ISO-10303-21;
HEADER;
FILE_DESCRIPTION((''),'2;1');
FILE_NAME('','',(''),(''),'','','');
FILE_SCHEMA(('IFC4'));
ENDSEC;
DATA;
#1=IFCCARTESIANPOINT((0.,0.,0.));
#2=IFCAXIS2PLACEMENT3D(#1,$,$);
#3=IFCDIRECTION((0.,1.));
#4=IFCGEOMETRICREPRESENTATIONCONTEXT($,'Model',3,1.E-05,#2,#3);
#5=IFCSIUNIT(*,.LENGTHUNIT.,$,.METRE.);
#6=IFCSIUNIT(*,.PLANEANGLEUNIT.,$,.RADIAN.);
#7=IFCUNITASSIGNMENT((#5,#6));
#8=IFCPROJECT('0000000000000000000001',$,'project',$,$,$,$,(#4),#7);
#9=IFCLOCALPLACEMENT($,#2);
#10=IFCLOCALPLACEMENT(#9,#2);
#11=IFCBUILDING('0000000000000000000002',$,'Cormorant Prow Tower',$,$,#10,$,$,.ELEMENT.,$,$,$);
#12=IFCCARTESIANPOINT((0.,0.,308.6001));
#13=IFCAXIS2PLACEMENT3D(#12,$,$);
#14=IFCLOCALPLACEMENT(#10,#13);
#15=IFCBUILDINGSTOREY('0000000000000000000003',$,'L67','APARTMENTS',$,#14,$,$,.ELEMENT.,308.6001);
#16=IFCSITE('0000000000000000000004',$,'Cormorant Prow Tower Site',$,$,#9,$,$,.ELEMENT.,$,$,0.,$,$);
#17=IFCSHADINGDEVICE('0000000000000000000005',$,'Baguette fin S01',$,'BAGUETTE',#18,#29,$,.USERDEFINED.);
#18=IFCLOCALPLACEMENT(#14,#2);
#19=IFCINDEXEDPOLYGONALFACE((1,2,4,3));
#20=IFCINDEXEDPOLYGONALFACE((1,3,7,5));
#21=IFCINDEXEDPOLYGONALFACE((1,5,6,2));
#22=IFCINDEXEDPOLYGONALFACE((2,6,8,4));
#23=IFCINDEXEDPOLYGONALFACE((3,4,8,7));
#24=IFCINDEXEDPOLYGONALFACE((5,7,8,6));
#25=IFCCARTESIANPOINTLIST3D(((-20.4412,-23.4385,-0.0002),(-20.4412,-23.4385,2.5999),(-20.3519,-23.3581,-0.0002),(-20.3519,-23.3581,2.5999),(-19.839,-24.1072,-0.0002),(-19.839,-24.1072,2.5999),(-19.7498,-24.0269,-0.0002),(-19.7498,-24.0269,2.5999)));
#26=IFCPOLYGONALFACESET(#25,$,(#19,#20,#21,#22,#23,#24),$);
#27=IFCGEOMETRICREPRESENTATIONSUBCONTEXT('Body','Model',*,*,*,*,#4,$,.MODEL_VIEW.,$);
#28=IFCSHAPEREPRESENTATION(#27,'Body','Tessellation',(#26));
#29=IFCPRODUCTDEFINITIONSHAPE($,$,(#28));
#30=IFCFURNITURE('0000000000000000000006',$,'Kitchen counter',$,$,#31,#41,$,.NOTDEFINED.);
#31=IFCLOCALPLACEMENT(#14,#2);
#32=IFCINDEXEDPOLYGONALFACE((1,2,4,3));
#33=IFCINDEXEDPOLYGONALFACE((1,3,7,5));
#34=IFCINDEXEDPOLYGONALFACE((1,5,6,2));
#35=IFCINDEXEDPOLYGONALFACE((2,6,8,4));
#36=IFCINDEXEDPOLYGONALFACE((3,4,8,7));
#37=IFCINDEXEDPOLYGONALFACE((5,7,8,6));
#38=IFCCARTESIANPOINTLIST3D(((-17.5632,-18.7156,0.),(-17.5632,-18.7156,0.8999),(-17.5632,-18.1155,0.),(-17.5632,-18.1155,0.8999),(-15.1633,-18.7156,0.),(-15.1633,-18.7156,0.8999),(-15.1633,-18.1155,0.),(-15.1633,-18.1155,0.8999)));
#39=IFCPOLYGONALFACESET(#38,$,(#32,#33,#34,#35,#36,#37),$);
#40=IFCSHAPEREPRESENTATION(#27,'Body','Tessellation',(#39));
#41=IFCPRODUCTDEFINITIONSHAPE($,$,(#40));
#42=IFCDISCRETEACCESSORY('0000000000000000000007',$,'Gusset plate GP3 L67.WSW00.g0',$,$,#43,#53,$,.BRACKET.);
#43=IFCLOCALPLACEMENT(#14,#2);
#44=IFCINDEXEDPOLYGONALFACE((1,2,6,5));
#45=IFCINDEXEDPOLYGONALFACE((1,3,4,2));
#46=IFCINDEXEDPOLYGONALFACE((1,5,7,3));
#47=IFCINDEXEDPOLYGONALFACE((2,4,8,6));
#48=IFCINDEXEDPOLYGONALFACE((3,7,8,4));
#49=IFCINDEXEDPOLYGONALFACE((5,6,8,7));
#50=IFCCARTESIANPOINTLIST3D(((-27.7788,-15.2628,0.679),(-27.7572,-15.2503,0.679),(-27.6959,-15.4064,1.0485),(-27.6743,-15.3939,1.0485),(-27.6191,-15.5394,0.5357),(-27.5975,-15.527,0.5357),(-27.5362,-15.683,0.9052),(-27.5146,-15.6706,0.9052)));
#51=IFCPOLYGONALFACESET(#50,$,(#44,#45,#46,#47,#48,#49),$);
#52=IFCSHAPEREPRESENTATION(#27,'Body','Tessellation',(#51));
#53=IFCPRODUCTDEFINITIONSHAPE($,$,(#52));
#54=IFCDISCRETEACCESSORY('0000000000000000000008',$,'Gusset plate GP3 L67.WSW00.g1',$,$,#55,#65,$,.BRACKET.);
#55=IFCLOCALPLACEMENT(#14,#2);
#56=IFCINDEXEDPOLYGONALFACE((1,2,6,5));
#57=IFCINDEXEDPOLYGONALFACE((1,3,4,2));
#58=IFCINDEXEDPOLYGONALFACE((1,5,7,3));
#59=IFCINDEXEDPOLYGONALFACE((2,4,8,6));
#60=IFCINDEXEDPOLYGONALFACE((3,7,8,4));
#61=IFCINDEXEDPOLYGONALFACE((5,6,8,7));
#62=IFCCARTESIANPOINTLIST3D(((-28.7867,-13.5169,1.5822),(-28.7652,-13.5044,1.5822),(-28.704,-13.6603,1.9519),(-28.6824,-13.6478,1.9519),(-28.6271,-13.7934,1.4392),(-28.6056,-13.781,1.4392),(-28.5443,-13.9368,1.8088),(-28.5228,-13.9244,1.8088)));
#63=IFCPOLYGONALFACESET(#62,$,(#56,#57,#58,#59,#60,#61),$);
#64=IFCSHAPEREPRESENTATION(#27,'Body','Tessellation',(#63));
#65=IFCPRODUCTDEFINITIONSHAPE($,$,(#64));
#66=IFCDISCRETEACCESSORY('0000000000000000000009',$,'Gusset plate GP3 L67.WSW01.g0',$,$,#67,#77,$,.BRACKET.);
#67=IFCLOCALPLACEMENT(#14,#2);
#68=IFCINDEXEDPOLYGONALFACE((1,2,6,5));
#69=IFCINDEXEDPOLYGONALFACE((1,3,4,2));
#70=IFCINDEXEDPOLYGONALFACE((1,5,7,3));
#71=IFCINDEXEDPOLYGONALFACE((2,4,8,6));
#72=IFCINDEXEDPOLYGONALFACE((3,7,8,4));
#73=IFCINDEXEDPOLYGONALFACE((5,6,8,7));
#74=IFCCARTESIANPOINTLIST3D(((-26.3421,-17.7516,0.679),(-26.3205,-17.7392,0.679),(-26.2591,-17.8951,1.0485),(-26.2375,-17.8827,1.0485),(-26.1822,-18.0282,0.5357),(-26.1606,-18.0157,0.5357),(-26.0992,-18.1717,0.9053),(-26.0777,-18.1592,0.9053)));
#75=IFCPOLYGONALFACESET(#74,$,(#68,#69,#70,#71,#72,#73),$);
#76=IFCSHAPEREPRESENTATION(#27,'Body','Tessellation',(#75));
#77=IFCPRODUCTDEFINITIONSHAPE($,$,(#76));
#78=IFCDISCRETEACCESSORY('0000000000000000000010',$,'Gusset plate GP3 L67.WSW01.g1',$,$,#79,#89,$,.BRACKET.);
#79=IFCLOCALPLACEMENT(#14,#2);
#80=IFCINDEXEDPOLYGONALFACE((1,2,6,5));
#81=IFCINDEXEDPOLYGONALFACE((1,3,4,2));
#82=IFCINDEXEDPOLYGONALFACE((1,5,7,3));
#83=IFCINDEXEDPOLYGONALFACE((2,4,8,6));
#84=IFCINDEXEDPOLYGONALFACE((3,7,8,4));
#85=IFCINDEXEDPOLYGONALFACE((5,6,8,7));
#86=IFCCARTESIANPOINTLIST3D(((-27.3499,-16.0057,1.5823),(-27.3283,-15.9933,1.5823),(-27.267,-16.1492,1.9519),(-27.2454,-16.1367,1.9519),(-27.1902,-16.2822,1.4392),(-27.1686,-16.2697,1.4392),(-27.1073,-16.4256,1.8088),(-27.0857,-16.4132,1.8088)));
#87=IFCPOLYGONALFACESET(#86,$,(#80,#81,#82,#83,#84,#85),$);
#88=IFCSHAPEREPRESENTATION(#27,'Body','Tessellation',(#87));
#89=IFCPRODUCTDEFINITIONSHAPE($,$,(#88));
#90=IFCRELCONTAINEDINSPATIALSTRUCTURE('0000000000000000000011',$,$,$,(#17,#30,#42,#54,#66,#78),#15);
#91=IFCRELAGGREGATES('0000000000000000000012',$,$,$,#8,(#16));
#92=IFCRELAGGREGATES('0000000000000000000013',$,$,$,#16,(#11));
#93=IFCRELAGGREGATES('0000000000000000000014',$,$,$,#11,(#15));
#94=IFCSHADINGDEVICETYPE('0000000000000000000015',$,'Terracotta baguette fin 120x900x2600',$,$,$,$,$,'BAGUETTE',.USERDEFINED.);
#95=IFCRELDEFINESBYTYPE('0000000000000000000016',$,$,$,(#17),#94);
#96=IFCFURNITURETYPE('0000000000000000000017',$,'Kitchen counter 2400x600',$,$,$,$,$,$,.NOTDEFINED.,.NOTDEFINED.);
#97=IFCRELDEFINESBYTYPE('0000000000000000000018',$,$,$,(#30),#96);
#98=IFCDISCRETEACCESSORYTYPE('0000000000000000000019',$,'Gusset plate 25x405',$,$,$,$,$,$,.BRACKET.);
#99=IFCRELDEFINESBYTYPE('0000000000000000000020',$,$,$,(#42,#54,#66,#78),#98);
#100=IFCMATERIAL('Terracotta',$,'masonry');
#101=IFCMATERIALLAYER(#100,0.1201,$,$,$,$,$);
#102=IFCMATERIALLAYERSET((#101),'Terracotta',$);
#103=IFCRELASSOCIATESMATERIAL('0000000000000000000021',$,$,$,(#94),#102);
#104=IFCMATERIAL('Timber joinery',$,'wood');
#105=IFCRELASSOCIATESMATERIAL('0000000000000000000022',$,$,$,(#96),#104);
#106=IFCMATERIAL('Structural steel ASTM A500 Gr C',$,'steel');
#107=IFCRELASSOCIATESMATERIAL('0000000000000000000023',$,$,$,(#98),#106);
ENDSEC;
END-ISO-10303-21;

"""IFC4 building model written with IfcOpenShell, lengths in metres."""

from ifc_helpers import new_model, si_unit, direction, frame, origin, origin_2d, place, context, subcontext, project, spatial, rectangle, extrude, material, layer, layer_set, material_profile, profile_set, type_object, element, save


model = new_model("IFC4")

# Units and contexts
model_context = context("Model", 3, precision=1e-05, world=origin(), true_north=direction((0.0, 1.0)))
body_context = subcontext(model_context, "Body", "Model", "MODEL_VIEW")
ifc_project = project(units=[si_unit("LENGTHUNIT", "METRE"), si_unit("PLANEANGLEUNIT", "RADIAN")], contexts=[model_context])

# Site, building, storey
site_placement = place(None, origin())
site = spatial("IfcSite", under=ifc_project, at=site_placement, Name="Cormorant Prow Tower Site", CompositionType="ELEMENT", RefElevation=0.0)
building_placement = place(site_placement, origin())
building = spatial("IfcBuilding", under=site, at=building_placement, Name="Cormorant Prow Tower", CompositionType="ELEMENT")
storey_placement = place(building_placement, frame((0.0, 0.0, 308.6001)))
storey = spatial("IfcBuildingStorey", under=building, at=storey_placement, Name="L67", Description="APARTMENTS", CompositionType="ELEMENT", Elevation=308.6001)

# Shading device
ifc_material_1 = material(Name="Terracotta", Category="masonry")
ifc_layer_1 = layer(ifc_material_1, 0.1201)
ifc_layer_set_1 = layer_set([ifc_layer_1], Name="Terracotta")
shading_device_type = type_object("IfcShadingDeviceType", Name="Terracotta baguette fin 120x900x2600", ElementType="BAGUETTE", PredefinedType="USERDEFINED", material=ifc_layer_set_1)
shading_device_placement = place(storey_placement, frame((-20.0955, -23.7327, -0.0002), z_axis=(0.0, 0.0, 1.0), x_axis=(0.743145, 0.669131, 0.0)))
element("IfcShadingDevice", 1, at=shading_device_placement, inside=storey, type_object=shading_device_type, Name="Baguette fin S01", ObjectType="BAGUETTE", PredefinedType="USERDEFINED", context=body_context, shape_type="SweptSolid", body=[
    extrude(rectangle(XDim=0.1201, YDim=0.8999, at=origin_2d()), origin(), (0.0, 0.0, 1.0), 2.6001),
])

# Furniture
ifc_material_2 = material(Name="Timber joinery", Category="wood")
furniture_type = type_object("IfcFurnitureType", Name="Kitchen counter 2400x600", AssemblyPlace="NOTDEFINED", PredefinedType="NOTDEFINED", material=ifc_material_2)
furniture_placement = place(storey_placement, frame((-16.3633, -18.4155, 0.0), z_axis=(0.0, 0.0, 1.0), x_axis=(1.0, 0.0, 0.0)))
element("IfcFurniture", 2, at=furniture_placement, inside=storey, type_object=furniture_type, Name="Kitchen counter", PredefinedType="NOTDEFINED", context=body_context, shape_type="SweptSolid", body=[
    extrude(rectangle(XDim=2.3999, YDim=0.6001, at=origin_2d()), origin(), (0.0, 0.0, 1.0), 0.8999),
])

# Discrete accessories
ifc_material_3 = material(Name="Structural steel ASTM A500 Gr C", Category="steel")
ifc_material_profile_1 = material_profile(ifc_material_3, rectangle(XDim=0.0249, YDim=0.405, at=origin_2d()), Name="Gusset plate 25x405")
ifc_profile_set_1 = profile_set([ifc_material_profile_1], Name="Structural steel ASTM A500 Gr C")
discrete_accessory_type = type_object("IfcDiscreteAccessoryType", Name="Gusset plate 25x405", PredefinedType="BRACKET", material=ifc_profile_set_1)
discrete_accessory_1_placement = place(storey_placement, frame((-27.7266, -15.3284, 0.8638), z_axis=(0.456109, -0.790171, -0.409383), x_axis=(0.866071, 0.499921, 0.0)))
element("IfcDiscreteAccessory", 3, at=discrete_accessory_1_placement, inside=storey, type_object=discrete_accessory_type, Name="Gusset plate GP3 L67.WSW00.g0", PredefinedType="BRACKET", context=body_context, shape_type="SweptSolid", body=[
    extrude(rectangle(XDim=0.0249, YDim=0.405, at=origin_2d()), origin(), (0.0, 0.0, 1.0), 0.3501),
])
discrete_accessory_2_placement = place(storey_placement, frame((-28.575, -13.8589, 1.624), z_axis=(-0.456239, 0.790397, 0.408802), x_axis=(-0.866071, -0.499921, 0.0)))
element("IfcDiscreteAccessory", 4, at=discrete_accessory_2_placement, inside=storey, type_object=discrete_accessory_type, Name="Gusset plate GP3 L67.WSW00.g1", PredefinedType="BRACKET", context=body_context, shape_type="SweptSolid", body=[
    extrude(rectangle(XDim=0.0249, YDim=0.405, at=origin_2d()), origin(), (0.0, 0.0, 1.0), 0.3499),
])
discrete_accessory_3_placement = place(storey_placement, frame((-26.2898, -17.8171, 0.8638), z_axis=(0.456661, -0.78992, -0.409252), x_axis=(0.86574, 0.500494, 0.0)))
element("IfcDiscreteAccessory", 5, at=discrete_accessory_3_placement, inside=storey, type_object=discrete_accessory_type, Name="Gusset plate GP3 L67.WSW01.g0", PredefinedType="BRACKET", context=body_context, shape_type="SweptSolid", body=[
    extrude(rectangle(XDim=0.0249, YDim=0.405, at=origin_2d()), origin(), (0.0, 0.0, 1.0), 0.3501),
])
discrete_accessory_4_placement = place(storey_placement, frame((-27.1379, -16.3477, 1.624), z_axis=(-0.456491, 0.790135, 0.409027), x_axis=(-0.86588, -0.500252, 0.0)))
element("IfcDiscreteAccessory", 6, at=discrete_accessory_4_placement, inside=storey, type_object=discrete_accessory_type, Name="Gusset plate GP3 L67.WSW01.g1", PredefinedType="BRACKET", context=body_context, shape_type="SweptSolid", body=[
    extrude(rectangle(XDim=0.0249, YDim=0.405, at=origin_2d()), origin(), (0.0, 0.0, 1.0), 0.3499),
])

save(model, "model.ifc")
